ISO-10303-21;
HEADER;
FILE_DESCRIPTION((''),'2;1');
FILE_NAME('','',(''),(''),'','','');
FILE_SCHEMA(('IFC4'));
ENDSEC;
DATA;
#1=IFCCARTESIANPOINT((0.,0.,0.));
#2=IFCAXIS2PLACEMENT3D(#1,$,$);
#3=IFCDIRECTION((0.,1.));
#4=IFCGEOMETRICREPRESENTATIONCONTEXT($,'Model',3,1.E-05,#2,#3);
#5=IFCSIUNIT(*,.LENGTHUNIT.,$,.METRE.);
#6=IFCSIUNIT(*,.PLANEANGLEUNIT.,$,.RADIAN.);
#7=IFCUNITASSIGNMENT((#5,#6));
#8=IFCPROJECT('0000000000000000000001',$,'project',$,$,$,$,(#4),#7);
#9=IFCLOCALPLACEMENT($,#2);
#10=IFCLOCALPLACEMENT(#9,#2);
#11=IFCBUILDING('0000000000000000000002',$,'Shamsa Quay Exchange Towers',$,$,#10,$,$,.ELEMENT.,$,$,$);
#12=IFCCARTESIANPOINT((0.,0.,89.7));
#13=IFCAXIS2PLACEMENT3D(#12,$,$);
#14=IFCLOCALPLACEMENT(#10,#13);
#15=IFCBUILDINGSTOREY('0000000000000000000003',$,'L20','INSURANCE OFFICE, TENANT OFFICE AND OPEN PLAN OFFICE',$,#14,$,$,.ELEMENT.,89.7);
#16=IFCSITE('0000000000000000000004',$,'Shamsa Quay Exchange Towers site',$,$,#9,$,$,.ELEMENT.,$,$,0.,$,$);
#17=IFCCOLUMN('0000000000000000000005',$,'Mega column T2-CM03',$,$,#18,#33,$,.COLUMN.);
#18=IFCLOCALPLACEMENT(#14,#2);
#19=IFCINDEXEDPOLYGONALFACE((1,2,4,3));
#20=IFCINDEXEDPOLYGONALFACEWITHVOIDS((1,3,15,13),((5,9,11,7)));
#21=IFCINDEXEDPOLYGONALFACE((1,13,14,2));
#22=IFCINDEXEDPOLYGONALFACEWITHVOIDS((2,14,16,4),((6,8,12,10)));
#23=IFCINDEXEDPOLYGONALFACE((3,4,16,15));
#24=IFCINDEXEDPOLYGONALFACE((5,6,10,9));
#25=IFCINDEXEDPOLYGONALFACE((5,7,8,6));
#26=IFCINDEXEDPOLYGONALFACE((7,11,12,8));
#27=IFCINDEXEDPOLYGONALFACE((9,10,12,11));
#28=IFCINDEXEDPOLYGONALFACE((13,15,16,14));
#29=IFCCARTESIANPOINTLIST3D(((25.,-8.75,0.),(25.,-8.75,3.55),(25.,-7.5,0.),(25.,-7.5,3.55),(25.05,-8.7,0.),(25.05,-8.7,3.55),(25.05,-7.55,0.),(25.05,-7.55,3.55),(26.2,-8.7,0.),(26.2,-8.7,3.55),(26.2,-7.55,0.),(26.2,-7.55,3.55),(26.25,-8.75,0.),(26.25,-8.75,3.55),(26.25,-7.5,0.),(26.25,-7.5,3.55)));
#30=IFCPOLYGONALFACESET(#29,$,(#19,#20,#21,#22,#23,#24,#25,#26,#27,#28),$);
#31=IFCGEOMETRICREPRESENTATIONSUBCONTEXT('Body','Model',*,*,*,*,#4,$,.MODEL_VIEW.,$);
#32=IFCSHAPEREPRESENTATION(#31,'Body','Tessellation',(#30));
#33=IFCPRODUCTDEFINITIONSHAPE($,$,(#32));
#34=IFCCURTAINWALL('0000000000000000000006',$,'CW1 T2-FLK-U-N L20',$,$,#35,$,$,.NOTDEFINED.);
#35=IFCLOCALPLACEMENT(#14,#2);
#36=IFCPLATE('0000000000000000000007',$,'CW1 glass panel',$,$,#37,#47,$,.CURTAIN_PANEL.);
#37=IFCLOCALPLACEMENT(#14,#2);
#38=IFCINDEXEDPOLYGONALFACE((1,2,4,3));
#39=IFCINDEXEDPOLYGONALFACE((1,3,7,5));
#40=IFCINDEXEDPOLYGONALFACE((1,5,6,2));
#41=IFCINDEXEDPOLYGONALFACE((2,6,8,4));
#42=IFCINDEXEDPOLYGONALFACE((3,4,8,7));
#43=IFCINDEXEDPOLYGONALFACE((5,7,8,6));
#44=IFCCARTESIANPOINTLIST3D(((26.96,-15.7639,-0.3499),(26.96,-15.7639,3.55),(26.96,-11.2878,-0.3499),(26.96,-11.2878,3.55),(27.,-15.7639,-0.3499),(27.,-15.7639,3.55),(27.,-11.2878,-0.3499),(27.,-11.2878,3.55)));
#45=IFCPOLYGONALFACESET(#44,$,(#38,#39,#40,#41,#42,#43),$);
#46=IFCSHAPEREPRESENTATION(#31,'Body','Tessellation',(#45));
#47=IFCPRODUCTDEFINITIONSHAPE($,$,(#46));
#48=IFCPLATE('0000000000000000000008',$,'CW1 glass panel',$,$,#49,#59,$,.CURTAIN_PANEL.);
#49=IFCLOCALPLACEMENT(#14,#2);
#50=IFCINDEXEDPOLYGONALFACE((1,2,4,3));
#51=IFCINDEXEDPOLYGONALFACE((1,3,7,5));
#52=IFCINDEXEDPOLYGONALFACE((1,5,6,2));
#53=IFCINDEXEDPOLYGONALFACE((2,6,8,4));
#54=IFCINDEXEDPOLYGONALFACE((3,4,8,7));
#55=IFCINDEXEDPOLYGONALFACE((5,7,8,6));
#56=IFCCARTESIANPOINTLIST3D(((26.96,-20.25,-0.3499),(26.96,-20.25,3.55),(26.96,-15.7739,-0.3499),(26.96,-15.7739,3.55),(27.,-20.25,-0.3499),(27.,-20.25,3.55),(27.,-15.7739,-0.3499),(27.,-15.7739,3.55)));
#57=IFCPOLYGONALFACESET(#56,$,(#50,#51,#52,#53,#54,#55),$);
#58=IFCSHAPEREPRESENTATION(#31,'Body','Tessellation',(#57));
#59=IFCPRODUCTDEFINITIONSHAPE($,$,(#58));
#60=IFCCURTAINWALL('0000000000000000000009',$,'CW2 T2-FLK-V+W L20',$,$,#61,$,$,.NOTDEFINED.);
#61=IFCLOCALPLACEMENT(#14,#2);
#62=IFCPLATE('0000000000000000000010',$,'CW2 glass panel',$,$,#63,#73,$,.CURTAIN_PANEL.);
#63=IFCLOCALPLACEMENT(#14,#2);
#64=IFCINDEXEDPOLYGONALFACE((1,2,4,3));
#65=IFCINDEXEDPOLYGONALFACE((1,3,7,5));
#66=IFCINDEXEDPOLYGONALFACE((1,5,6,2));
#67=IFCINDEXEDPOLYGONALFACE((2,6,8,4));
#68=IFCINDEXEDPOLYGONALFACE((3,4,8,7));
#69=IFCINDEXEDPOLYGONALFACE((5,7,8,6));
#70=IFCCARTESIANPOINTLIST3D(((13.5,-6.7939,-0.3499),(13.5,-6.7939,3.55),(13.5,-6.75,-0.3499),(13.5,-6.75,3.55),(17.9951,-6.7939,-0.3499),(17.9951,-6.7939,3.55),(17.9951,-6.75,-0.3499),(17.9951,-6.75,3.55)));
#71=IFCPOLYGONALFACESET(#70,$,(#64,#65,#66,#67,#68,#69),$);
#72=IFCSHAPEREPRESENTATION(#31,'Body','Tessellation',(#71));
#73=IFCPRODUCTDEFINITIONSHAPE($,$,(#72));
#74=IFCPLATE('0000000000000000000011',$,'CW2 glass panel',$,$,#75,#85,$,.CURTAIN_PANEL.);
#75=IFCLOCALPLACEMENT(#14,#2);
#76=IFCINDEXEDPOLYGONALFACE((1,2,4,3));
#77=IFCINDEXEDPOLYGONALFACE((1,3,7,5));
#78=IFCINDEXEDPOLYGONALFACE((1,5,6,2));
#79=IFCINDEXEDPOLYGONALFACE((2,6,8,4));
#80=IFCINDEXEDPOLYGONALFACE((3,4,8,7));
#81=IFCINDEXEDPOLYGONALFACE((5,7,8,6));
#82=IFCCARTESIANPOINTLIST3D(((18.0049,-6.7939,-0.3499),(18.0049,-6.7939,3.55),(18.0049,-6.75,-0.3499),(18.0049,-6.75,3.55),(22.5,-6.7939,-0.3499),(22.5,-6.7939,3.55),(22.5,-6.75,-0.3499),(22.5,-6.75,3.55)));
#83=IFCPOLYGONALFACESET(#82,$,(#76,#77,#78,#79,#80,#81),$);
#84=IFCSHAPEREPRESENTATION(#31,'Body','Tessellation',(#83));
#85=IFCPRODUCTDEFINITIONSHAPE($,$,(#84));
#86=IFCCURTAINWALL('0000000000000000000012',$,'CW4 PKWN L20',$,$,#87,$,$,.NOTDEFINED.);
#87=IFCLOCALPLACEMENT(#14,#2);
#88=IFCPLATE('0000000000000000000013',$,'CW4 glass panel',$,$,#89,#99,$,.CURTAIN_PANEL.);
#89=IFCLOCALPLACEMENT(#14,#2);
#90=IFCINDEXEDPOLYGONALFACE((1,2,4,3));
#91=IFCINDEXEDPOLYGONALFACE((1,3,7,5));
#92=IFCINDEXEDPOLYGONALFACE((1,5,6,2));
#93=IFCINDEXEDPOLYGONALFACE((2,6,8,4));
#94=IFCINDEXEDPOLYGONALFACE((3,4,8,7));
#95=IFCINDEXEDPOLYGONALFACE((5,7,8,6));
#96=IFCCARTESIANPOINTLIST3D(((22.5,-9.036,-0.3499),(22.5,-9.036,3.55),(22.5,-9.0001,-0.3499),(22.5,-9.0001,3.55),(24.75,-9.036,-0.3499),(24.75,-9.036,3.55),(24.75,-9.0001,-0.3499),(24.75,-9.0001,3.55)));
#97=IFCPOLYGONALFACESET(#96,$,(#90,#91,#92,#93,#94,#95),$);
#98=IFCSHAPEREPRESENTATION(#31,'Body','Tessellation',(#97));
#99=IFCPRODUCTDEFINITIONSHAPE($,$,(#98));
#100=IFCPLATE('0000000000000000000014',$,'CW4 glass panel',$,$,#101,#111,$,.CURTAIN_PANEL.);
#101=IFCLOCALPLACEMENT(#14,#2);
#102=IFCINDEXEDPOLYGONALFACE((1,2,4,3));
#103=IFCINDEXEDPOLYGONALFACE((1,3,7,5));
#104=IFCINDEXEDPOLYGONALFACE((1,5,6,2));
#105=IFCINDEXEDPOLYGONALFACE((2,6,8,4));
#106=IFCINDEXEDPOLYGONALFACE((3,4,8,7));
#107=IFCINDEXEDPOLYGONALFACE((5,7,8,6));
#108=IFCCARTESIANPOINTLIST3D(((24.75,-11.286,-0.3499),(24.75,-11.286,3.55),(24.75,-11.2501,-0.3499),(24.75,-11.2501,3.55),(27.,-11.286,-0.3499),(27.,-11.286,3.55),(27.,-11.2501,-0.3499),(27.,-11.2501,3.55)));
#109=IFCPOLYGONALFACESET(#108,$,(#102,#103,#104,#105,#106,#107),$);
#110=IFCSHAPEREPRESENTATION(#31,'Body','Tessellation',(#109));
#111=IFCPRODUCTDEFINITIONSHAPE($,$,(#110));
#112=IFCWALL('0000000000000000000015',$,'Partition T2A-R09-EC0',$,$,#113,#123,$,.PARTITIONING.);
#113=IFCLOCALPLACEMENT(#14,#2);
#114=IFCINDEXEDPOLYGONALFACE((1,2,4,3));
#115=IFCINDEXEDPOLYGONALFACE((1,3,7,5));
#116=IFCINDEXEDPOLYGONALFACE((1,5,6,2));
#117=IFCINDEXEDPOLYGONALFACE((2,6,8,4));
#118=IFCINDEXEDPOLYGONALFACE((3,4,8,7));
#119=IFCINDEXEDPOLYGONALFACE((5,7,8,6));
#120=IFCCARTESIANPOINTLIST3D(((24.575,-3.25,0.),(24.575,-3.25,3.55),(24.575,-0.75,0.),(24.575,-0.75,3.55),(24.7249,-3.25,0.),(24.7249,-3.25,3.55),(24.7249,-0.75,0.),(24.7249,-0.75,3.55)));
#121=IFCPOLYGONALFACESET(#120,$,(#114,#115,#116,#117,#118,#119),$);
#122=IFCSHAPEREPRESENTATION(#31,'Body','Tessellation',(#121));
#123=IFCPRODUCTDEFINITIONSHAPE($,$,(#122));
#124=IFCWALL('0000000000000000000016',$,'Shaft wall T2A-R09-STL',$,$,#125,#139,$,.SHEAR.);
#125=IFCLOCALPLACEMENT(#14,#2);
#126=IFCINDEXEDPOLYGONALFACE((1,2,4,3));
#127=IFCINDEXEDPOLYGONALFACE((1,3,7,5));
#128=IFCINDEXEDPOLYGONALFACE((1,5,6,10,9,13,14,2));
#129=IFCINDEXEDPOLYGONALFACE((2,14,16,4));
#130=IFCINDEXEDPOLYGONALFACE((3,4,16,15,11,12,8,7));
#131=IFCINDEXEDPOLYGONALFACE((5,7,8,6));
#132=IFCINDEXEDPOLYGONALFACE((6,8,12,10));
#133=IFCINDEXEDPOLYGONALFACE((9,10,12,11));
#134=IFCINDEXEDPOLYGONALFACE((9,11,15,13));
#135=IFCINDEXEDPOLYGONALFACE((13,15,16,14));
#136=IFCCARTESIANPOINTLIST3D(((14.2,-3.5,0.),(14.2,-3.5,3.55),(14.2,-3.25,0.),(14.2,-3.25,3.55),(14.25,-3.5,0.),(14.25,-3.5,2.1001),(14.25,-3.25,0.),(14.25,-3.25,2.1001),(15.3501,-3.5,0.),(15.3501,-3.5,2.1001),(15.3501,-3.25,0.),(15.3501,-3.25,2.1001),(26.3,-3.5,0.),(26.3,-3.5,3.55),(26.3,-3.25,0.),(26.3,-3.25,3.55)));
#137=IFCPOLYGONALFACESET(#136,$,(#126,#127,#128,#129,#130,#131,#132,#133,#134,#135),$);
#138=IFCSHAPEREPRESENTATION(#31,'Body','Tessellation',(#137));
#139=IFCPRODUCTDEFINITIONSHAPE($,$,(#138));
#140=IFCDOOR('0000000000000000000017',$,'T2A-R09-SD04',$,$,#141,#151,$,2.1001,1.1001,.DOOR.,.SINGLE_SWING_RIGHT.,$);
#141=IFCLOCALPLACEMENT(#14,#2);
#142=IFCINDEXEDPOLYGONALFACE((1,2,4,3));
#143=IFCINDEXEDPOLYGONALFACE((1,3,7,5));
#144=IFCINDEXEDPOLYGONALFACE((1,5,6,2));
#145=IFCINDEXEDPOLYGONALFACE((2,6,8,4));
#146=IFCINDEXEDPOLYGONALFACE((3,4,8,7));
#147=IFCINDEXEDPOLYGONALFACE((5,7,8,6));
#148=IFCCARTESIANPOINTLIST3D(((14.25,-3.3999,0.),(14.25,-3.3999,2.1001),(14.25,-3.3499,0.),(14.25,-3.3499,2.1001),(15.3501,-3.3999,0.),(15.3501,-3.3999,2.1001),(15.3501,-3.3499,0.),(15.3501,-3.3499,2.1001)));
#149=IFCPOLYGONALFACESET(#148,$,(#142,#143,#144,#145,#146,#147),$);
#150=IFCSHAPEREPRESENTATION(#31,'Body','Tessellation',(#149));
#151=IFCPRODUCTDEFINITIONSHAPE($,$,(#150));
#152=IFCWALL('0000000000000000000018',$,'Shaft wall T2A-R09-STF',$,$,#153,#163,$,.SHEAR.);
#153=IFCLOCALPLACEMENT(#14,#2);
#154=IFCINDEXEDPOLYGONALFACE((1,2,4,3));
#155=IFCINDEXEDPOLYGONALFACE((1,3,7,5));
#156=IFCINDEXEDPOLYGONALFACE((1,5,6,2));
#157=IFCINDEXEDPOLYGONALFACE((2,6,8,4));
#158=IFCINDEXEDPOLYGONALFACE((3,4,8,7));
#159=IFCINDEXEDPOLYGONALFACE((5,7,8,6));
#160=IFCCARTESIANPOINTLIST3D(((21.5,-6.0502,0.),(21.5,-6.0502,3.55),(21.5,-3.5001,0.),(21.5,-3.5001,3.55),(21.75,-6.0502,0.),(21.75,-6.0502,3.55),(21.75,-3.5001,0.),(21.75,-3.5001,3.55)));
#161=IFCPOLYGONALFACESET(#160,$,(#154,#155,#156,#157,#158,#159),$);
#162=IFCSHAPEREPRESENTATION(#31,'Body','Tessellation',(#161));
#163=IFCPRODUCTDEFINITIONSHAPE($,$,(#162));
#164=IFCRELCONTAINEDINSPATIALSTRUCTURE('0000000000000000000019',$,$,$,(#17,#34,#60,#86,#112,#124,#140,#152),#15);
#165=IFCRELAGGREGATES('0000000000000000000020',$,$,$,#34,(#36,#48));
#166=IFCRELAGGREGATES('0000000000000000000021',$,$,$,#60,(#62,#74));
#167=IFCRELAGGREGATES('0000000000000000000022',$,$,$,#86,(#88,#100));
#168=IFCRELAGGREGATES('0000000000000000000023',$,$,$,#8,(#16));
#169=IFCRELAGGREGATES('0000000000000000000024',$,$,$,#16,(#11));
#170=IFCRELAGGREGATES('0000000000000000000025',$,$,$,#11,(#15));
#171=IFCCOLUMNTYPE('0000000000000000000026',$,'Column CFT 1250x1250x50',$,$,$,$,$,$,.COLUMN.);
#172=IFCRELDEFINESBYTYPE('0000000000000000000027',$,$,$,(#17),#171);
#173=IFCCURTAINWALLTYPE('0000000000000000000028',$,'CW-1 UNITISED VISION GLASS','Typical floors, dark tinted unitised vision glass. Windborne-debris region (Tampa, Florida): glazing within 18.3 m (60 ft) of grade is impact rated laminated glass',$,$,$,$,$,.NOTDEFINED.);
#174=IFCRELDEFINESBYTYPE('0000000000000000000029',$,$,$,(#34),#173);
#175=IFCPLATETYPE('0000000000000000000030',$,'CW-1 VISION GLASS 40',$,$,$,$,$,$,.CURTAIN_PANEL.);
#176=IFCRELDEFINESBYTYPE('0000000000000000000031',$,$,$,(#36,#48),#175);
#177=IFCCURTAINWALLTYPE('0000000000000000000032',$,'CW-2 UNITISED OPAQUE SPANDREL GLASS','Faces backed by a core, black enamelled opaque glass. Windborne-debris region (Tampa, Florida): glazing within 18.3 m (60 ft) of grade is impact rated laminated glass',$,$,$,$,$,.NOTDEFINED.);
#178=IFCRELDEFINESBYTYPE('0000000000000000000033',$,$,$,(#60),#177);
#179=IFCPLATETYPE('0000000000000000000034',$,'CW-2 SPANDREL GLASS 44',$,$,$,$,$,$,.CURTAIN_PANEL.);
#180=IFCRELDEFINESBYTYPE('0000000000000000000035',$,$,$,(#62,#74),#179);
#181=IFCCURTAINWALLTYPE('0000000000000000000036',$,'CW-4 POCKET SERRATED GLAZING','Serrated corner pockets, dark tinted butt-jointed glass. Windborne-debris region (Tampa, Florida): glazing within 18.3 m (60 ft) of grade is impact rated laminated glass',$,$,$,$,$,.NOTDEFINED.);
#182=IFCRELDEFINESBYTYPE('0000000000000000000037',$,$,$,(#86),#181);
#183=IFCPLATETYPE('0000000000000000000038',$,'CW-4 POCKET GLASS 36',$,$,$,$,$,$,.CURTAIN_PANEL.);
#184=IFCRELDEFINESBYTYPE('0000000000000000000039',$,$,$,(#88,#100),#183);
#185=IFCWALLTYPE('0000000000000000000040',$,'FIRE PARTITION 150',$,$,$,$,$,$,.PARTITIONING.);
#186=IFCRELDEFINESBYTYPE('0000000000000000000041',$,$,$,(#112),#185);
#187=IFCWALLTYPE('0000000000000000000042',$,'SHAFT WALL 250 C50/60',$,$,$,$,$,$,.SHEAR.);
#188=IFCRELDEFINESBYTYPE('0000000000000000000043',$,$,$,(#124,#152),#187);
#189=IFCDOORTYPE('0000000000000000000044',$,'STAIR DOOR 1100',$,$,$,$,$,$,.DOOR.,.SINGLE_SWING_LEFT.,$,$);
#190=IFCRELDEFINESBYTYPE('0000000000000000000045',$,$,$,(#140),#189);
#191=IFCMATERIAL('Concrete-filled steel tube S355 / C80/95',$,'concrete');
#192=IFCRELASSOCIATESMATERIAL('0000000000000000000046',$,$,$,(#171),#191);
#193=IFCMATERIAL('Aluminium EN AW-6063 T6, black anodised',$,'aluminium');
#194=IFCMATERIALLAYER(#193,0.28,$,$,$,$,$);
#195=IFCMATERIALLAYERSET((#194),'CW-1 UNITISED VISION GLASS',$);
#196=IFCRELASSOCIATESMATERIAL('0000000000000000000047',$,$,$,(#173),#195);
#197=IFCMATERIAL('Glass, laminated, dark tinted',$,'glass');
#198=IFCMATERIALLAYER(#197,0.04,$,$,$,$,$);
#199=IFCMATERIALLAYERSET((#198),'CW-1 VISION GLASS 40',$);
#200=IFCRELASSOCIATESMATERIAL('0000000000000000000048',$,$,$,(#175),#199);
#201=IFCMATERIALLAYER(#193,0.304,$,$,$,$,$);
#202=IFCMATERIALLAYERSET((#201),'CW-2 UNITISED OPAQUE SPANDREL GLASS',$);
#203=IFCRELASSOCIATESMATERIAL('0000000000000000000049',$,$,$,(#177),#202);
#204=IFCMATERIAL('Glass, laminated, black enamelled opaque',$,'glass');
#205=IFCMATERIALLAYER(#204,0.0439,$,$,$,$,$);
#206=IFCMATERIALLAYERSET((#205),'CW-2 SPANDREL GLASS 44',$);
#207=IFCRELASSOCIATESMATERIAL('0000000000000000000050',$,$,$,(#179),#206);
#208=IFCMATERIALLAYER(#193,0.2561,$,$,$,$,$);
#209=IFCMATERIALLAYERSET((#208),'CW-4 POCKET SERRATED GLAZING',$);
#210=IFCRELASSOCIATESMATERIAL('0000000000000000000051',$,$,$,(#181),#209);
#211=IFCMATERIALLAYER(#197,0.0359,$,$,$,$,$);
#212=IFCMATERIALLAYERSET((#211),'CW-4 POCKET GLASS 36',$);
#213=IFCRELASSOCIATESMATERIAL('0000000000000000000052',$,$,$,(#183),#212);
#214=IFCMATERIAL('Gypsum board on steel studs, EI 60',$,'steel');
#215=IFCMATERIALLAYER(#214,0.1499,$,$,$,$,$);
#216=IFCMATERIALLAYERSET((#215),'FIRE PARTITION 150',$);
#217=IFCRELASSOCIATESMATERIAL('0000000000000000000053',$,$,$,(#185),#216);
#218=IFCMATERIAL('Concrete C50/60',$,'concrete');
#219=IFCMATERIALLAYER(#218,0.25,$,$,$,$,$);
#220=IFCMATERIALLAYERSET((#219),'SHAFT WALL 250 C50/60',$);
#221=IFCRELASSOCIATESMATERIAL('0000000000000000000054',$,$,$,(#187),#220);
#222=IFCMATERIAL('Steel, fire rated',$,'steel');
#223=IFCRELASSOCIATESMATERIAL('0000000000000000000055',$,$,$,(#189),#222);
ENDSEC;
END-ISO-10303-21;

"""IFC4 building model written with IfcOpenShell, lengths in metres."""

from ifc_helpers import new_model, si_unit, direction, frame, frame_2d, origin, origin_2d, place, context, subcontext, project, spatial, rectangle, hollow_rectangle, extrude, material, layer, layer_set, material_profile, profile_set, type_object, element, fill, aggregate, save


model = new_model("IFC4")

# Units and contexts
model_context = context("Model", 3, precision=1e-05, world=origin(), true_north=direction((0.0, 1.0)))
body_context = subcontext(model_context, "Body", "Model", "MODEL_VIEW")
ifc_project = project(units=[si_unit("LENGTHUNIT", "METRE"), si_unit("PLANEANGLEUNIT", "RADIAN")], contexts=[model_context])

# Site, building, storey
site_placement = place(None, origin())
site = spatial("IfcSite", under=ifc_project, at=site_placement, Name="Shamsa Quay Exchange Towers site", CompositionType="ELEMENT", RefElevation=0.0)
building_placement = place(site_placement, origin())
building = spatial("IfcBuilding", under=site, at=building_placement, Name="Shamsa Quay Exchange Towers", CompositionType="ELEMENT")
storey_placement = place(building_placement, frame((0.0, 0.0, 89.7)))
storey = spatial("IfcBuildingStorey", under=building, at=storey_placement, Name="L20", Description="INSURANCE OFFICE, TENANT OFFICE AND OPEN PLAN OFFICE", CompositionType="ELEMENT", Elevation=89.7)

# Column
ifc_material_1 = material(Name="Concrete-filled steel tube S355 / C80/95", Category="concrete")
ifc_material_profile = material_profile(ifc_material_1, hollow_rectangle(XDim=1.25, YDim=1.25, WallThickness=0.05, at=origin_2d()), Name="CFT 1250x1250x50")
ifc_profile_set = profile_set([ifc_material_profile], Name="Concrete-filled steel tube S355 / C80/95")
column_type = type_object("IfcColumnType", Name="Column CFT 1250x1250x50", PredefinedType="COLUMN", material=ifc_profile_set)
column_placement = place(storey_placement, frame((25.625, -8.125, 0.0)))
element("IfcColumn", 1, at=column_placement, inside=storey, type_object=column_type, Name="Mega column T2-CM03", PredefinedType="COLUMN", context=body_context, shape_type="SweptSolid", body=[
    extrude(hollow_rectangle(XDim=1.25, YDim=1.25, WallThickness=0.05, at=origin_2d()), origin(), (0.0, 0.0, 1.0), 3.55),
])

# Curtain walls, plates
ifc_material_2 = material(Name="Aluminium EN AW-6063 T6, black anodised", Category="aluminium")
ifc_layer_1 = layer(ifc_material_2, 0.28)
ifc_layer_set_1 = layer_set([ifc_layer_1], Name="CW-1 UNITISED VISION GLASS")
curtain_wall_type_1 = type_object("IfcCurtainWallType", Name="CW-1 UNITISED VISION GLASS", Description="Typical floors, dark tinted unitised vision glass. Windborne-debris region (Tampa, Florida): glazing within 18.3 m (60 ft) of grade is impact rated laminated glass", PredefinedType="NOTDEFINED", material=ifc_layer_set_1)
curtain_wall_1_placement = place(storey_placement, origin())
curtain_wall_1 = element("IfcCurtainWall", 2, at=curtain_wall_1_placement, inside=storey, type_object=curtain_wall_type_1, Name="CW1 T2-FLK-U-N L20", PredefinedType="NOTDEFINED")
ifc_material_3 = material(Name="Glass, laminated, dark tinted", Category="glass")
ifc_layer_2 = layer(ifc_material_3, 0.04)
ifc_layer_set_2 = layer_set([ifc_layer_2], Name="CW-1 VISION GLASS 40")
plate_type_1 = type_object("IfcPlateType", Name="CW-1 VISION GLASS 40", PredefinedType="CURTAIN_PANEL", material=ifc_layer_set_2)
plate_1_placement = place(storey_placement, frame((26.98, -13.5259, -0.3499), z_axis=(0.0, 0.0, 1.0), x_axis=(0.0, -1.0, 0.0)))
plate_1 = element("IfcPlate", 3, at=plate_1_placement, type_object=plate_type_1, Name="CW1 glass panel", PredefinedType="CURTAIN_PANEL", context=body_context, shape_type="SweptSolid", body=[
    extrude(rectangle(XDim=4.4761, YDim=0.04, at=origin_2d()), origin(), (0.0, 0.0, 1.0), 3.8999),
])
plate_2_placement = place(storey_placement, frame((26.98, -18.012, -0.3499), z_axis=(0.0, 0.0, 1.0), x_axis=(0.0, -1.0, 0.0)))
plate_2 = element("IfcPlate", 4, at=plate_2_placement, type_object=plate_type_1, Name="CW1 glass panel", PredefinedType="CURTAIN_PANEL", context=body_context, shape_type="SweptSolid", body=[
    extrude(rectangle(XDim=4.4761, YDim=0.04, at=origin_2d()), origin(), (0.0, 0.0, 1.0), 3.8999),
])
aggregate(curtain_wall_1, [plate_1, plate_2])
ifc_layer_3 = layer(ifc_material_2, 0.304)
ifc_layer_set_3 = layer_set([ifc_layer_3], Name="CW-2 UNITISED OPAQUE SPANDREL GLASS")
curtain_wall_type_2 = type_object("IfcCurtainWallType", Name="CW-2 UNITISED OPAQUE SPANDREL GLASS", Description="Faces backed by a core, black enamelled opaque glass. Windborne-debris region (Tampa, Florida): glazing within 18.3 m (60 ft) of grade is impact rated laminated glass", PredefinedType="NOTDEFINED", material=ifc_layer_set_3)
curtain_wall_2_placement = place(storey_placement, origin())
curtain_wall_2 = element("IfcCurtainWall", 5, at=curtain_wall_2_placement, inside=storey, type_object=curtain_wall_type_2, Name="CW2 T2-FLK-V+W L20", PredefinedType="NOTDEFINED")
ifc_material_4 = material(Name="Glass, laminated, black enamelled opaque", Category="glass")
ifc_layer_4 = layer(ifc_material_4, 0.0439)
ifc_layer_set_4 = layer_set([ifc_layer_4], Name="CW-2 SPANDREL GLASS 44")
plate_type_2 = type_object("IfcPlateType", Name="CW-2 SPANDREL GLASS 44", PredefinedType="CURTAIN_PANEL", material=ifc_layer_set_4)
plate_3_placement = place(storey_placement, frame((15.7476, -6.772, -0.3499)))
plate_3 = element("IfcPlate", 6, at=plate_3_placement, type_object=plate_type_2, Name="CW2 glass panel", PredefinedType="CURTAIN_PANEL", context=body_context, shape_type="SweptSolid", body=[
    extrude(rectangle(XDim=4.4951, YDim=0.0439, at=origin_2d()), origin(), (0.0, 0.0, 1.0), 3.8999),
])
plate_4_placement = place(storey_placement, frame((20.2524, -6.772, -0.3499)))
plate_4 = element("IfcPlate", 7, at=plate_4_placement, type_object=plate_type_2, Name="CW2 glass panel", PredefinedType="CURTAIN_PANEL", context=body_context, shape_type="SweptSolid", body=[
    extrude(rectangle(XDim=4.4951, YDim=0.0439, at=origin_2d()), origin(), (0.0, 0.0, 1.0), 3.8999),
])
aggregate(curtain_wall_2, [plate_3, plate_4])
ifc_layer_5 = layer(ifc_material_2, 0.2561)
ifc_layer_set_5 = layer_set([ifc_layer_5], Name="CW-4 POCKET SERRATED GLAZING")
curtain_wall_type_3 = type_object("IfcCurtainWallType", Name="CW-4 POCKET SERRATED GLAZING", Description="Serrated corner pockets, dark tinted butt-jointed glass. Windborne-debris region (Tampa, Florida): glazing within 18.3 m (60 ft) of grade is impact rated laminated glass", PredefinedType="NOTDEFINED", material=ifc_layer_set_5)
curtain_wall_3_placement = place(storey_placement, origin())
curtain_wall_3 = element("IfcCurtainWall", 8, at=curtain_wall_3_placement, inside=storey, type_object=curtain_wall_type_3, Name="CW4 PKWN L20", PredefinedType="NOTDEFINED")
ifc_layer_6 = layer(ifc_material_3, 0.0359)
ifc_layer_set_6 = layer_set([ifc_layer_6], Name="CW-4 POCKET GLASS 36")
plate_type_3 = type_object("IfcPlateType", Name="CW-4 POCKET GLASS 36", PredefinedType="CURTAIN_PANEL", material=ifc_layer_set_6)
plate_5_placement = place(storey_placement, frame((23.625, -9.0181, -0.3499)))
plate_5 = element("IfcPlate", 9, at=plate_5_placement, type_object=plate_type_3, Name="CW4 glass panel", PredefinedType="CURTAIN_PANEL", context=body_context, shape_type="SweptSolid", body=[
    extrude(rectangle(XDim=2.25, YDim=0.0359, at=origin_2d()), origin(), (0.0, 0.0, 1.0), 3.8999),
])
plate_6_placement = place(storey_placement, frame((25.875, -11.2681, -0.3499)))
plate_6 = element("IfcPlate", 10, at=plate_6_placement, type_object=plate_type_3, Name="CW4 glass panel", PredefinedType="CURTAIN_PANEL", context=body_context, shape_type="SweptSolid", body=[
    extrude(rectangle(XDim=2.25, YDim=0.0359, at=origin_2d()), origin(), (0.0, 0.0, 1.0), 3.8999),
])
aggregate(curtain_wall_3, [plate_5, plate_6])

# Wall
ifc_material_5 = material(Name="Gypsum board on steel studs, EI 60", Category="steel")
ifc_layer_7 = layer(ifc_material_5, 0.1499)
ifc_layer_set_7 = layer_set([ifc_layer_7], Name="FIRE PARTITION 150")
wall_type_1 = type_object("IfcWallType", Name="FIRE PARTITION 150", PredefinedType="PARTITIONING", material=ifc_layer_set_7)
wall_1_placement = place(storey_placement, frame((24.6499, -3.25, 0.0), z_axis=(0.0, 0.0, 1.0), x_axis=(0.0, 1.0, 0.0)))
element("IfcWall", 11, at=wall_1_placement, inside=storey, type_object=wall_type_1, Name="Partition T2A-R09-EC0", PredefinedType="PARTITIONING", context=body_context, shape_type="SweptSolid", body=[
    extrude(rectangle(XDim=2.5, YDim=0.1499, at=frame_2d((1.25, 0.0))), origin(), (0.0, 0.0, 1.0), 3.55),
])

# Wall, opening, door
ifc_material_6 = material(Name="Concrete C50/60", Category="concrete")
ifc_layer_8 = layer(ifc_material_6, 0.25)
ifc_layer_set_8 = layer_set([ifc_layer_8], Name="SHAFT WALL 250 C50/60")
wall_type_2 = type_object("IfcWallType", Name="SHAFT WALL 250 C50/60", PredefinedType="SHEAR", material=ifc_layer_set_8)
wall_2_placement = place(storey_placement, frame((26.3, -3.375, 0.0), z_axis=(0.0, 0.0, 1.0), x_axis=(-1.0, 0.0, 0.0)))
wall_2 = element("IfcWall", 12, at=wall_2_placement, inside=storey, type_object=wall_type_2, Name="Shaft wall T2A-R09-STL", PredefinedType="SHEAR", context=body_context, shape_type="SweptSolid", body=[
    extrude(rectangle(XDim=12.1001, YDim=0.25, at=frame_2d((6.05, 0.0))), origin(), (0.0, 0.0, 1.0), 3.55),
])
opening_1_placement = place(wall_2_placement, frame((10.95, 0.0, 0.0)))
opening_1 = element("IfcOpeningElement", 13, at=opening_1_placement, cuts=wall_2, PredefinedType="OPENING", context=body_context, shape_type="SweptSolid", body=[
    extrude(rectangle(XDim=1.1001, YDim=2.1001, at=frame_2d((0.55, 1.05))), frame((0.0, 0.135, 0.0), z_axis=(0.0, -1.0, 0.0), x_axis=(1.0, 0.0, 0.0)), (0.0, 0.0, 1.0), 0.27),
])
ifc_material_7 = material(Name="Steel, fire rated", Category="steel")
door_type_1 = type_object("IfcDoorType", Name="STAIR DOOR 1100", OperationType="SINGLE_SWING_LEFT", PredefinedType="DOOR", material=ifc_material_7)
door_1_placement = place(opening_1_placement, origin())
door_1 = element("IfcDoor", 14, at=door_1_placement, inside=storey, type_object=door_type_1, Name="T2A-R09-SD04", OperationType="SINGLE_SWING_RIGHT", OverallHeight=2.1001, OverallWidth=1.1001, PredefinedType="DOOR", context=body_context, shape_type="SweptSolid", body=[
    extrude(rectangle(XDim=1.1001, YDim=2.1001, at=frame_2d((0.55, 1.05))), frame((0.0, 0.0249, 0.0), z_axis=(0.0, -1.0, 0.0), x_axis=(1.0, 0.0, 0.0)), (0.0, 0.0, 1.0), 0.05),
])
fill(opening_1, door_1)

# Wall
wall_3_placement = place(storey_placement, frame((21.625, -6.05, 0.0), z_axis=(0.0, 0.0, 1.0), x_axis=(0.0, 1.0, 0.0)))
element("IfcWall", 15, at=wall_3_placement, inside=storey, type_object=wall_type_2, Name="Shaft wall T2A-R09-STF", PredefinedType="SHEAR", context=body_context, shape_type="SweptSolid", body=[
    extrude(rectangle(XDim=2.55, YDim=0.25, at=frame_2d((1.2749, 0.0))), origin(), (0.0, 0.0, 1.0), 3.55),
])

save(model, "model.ifc")
